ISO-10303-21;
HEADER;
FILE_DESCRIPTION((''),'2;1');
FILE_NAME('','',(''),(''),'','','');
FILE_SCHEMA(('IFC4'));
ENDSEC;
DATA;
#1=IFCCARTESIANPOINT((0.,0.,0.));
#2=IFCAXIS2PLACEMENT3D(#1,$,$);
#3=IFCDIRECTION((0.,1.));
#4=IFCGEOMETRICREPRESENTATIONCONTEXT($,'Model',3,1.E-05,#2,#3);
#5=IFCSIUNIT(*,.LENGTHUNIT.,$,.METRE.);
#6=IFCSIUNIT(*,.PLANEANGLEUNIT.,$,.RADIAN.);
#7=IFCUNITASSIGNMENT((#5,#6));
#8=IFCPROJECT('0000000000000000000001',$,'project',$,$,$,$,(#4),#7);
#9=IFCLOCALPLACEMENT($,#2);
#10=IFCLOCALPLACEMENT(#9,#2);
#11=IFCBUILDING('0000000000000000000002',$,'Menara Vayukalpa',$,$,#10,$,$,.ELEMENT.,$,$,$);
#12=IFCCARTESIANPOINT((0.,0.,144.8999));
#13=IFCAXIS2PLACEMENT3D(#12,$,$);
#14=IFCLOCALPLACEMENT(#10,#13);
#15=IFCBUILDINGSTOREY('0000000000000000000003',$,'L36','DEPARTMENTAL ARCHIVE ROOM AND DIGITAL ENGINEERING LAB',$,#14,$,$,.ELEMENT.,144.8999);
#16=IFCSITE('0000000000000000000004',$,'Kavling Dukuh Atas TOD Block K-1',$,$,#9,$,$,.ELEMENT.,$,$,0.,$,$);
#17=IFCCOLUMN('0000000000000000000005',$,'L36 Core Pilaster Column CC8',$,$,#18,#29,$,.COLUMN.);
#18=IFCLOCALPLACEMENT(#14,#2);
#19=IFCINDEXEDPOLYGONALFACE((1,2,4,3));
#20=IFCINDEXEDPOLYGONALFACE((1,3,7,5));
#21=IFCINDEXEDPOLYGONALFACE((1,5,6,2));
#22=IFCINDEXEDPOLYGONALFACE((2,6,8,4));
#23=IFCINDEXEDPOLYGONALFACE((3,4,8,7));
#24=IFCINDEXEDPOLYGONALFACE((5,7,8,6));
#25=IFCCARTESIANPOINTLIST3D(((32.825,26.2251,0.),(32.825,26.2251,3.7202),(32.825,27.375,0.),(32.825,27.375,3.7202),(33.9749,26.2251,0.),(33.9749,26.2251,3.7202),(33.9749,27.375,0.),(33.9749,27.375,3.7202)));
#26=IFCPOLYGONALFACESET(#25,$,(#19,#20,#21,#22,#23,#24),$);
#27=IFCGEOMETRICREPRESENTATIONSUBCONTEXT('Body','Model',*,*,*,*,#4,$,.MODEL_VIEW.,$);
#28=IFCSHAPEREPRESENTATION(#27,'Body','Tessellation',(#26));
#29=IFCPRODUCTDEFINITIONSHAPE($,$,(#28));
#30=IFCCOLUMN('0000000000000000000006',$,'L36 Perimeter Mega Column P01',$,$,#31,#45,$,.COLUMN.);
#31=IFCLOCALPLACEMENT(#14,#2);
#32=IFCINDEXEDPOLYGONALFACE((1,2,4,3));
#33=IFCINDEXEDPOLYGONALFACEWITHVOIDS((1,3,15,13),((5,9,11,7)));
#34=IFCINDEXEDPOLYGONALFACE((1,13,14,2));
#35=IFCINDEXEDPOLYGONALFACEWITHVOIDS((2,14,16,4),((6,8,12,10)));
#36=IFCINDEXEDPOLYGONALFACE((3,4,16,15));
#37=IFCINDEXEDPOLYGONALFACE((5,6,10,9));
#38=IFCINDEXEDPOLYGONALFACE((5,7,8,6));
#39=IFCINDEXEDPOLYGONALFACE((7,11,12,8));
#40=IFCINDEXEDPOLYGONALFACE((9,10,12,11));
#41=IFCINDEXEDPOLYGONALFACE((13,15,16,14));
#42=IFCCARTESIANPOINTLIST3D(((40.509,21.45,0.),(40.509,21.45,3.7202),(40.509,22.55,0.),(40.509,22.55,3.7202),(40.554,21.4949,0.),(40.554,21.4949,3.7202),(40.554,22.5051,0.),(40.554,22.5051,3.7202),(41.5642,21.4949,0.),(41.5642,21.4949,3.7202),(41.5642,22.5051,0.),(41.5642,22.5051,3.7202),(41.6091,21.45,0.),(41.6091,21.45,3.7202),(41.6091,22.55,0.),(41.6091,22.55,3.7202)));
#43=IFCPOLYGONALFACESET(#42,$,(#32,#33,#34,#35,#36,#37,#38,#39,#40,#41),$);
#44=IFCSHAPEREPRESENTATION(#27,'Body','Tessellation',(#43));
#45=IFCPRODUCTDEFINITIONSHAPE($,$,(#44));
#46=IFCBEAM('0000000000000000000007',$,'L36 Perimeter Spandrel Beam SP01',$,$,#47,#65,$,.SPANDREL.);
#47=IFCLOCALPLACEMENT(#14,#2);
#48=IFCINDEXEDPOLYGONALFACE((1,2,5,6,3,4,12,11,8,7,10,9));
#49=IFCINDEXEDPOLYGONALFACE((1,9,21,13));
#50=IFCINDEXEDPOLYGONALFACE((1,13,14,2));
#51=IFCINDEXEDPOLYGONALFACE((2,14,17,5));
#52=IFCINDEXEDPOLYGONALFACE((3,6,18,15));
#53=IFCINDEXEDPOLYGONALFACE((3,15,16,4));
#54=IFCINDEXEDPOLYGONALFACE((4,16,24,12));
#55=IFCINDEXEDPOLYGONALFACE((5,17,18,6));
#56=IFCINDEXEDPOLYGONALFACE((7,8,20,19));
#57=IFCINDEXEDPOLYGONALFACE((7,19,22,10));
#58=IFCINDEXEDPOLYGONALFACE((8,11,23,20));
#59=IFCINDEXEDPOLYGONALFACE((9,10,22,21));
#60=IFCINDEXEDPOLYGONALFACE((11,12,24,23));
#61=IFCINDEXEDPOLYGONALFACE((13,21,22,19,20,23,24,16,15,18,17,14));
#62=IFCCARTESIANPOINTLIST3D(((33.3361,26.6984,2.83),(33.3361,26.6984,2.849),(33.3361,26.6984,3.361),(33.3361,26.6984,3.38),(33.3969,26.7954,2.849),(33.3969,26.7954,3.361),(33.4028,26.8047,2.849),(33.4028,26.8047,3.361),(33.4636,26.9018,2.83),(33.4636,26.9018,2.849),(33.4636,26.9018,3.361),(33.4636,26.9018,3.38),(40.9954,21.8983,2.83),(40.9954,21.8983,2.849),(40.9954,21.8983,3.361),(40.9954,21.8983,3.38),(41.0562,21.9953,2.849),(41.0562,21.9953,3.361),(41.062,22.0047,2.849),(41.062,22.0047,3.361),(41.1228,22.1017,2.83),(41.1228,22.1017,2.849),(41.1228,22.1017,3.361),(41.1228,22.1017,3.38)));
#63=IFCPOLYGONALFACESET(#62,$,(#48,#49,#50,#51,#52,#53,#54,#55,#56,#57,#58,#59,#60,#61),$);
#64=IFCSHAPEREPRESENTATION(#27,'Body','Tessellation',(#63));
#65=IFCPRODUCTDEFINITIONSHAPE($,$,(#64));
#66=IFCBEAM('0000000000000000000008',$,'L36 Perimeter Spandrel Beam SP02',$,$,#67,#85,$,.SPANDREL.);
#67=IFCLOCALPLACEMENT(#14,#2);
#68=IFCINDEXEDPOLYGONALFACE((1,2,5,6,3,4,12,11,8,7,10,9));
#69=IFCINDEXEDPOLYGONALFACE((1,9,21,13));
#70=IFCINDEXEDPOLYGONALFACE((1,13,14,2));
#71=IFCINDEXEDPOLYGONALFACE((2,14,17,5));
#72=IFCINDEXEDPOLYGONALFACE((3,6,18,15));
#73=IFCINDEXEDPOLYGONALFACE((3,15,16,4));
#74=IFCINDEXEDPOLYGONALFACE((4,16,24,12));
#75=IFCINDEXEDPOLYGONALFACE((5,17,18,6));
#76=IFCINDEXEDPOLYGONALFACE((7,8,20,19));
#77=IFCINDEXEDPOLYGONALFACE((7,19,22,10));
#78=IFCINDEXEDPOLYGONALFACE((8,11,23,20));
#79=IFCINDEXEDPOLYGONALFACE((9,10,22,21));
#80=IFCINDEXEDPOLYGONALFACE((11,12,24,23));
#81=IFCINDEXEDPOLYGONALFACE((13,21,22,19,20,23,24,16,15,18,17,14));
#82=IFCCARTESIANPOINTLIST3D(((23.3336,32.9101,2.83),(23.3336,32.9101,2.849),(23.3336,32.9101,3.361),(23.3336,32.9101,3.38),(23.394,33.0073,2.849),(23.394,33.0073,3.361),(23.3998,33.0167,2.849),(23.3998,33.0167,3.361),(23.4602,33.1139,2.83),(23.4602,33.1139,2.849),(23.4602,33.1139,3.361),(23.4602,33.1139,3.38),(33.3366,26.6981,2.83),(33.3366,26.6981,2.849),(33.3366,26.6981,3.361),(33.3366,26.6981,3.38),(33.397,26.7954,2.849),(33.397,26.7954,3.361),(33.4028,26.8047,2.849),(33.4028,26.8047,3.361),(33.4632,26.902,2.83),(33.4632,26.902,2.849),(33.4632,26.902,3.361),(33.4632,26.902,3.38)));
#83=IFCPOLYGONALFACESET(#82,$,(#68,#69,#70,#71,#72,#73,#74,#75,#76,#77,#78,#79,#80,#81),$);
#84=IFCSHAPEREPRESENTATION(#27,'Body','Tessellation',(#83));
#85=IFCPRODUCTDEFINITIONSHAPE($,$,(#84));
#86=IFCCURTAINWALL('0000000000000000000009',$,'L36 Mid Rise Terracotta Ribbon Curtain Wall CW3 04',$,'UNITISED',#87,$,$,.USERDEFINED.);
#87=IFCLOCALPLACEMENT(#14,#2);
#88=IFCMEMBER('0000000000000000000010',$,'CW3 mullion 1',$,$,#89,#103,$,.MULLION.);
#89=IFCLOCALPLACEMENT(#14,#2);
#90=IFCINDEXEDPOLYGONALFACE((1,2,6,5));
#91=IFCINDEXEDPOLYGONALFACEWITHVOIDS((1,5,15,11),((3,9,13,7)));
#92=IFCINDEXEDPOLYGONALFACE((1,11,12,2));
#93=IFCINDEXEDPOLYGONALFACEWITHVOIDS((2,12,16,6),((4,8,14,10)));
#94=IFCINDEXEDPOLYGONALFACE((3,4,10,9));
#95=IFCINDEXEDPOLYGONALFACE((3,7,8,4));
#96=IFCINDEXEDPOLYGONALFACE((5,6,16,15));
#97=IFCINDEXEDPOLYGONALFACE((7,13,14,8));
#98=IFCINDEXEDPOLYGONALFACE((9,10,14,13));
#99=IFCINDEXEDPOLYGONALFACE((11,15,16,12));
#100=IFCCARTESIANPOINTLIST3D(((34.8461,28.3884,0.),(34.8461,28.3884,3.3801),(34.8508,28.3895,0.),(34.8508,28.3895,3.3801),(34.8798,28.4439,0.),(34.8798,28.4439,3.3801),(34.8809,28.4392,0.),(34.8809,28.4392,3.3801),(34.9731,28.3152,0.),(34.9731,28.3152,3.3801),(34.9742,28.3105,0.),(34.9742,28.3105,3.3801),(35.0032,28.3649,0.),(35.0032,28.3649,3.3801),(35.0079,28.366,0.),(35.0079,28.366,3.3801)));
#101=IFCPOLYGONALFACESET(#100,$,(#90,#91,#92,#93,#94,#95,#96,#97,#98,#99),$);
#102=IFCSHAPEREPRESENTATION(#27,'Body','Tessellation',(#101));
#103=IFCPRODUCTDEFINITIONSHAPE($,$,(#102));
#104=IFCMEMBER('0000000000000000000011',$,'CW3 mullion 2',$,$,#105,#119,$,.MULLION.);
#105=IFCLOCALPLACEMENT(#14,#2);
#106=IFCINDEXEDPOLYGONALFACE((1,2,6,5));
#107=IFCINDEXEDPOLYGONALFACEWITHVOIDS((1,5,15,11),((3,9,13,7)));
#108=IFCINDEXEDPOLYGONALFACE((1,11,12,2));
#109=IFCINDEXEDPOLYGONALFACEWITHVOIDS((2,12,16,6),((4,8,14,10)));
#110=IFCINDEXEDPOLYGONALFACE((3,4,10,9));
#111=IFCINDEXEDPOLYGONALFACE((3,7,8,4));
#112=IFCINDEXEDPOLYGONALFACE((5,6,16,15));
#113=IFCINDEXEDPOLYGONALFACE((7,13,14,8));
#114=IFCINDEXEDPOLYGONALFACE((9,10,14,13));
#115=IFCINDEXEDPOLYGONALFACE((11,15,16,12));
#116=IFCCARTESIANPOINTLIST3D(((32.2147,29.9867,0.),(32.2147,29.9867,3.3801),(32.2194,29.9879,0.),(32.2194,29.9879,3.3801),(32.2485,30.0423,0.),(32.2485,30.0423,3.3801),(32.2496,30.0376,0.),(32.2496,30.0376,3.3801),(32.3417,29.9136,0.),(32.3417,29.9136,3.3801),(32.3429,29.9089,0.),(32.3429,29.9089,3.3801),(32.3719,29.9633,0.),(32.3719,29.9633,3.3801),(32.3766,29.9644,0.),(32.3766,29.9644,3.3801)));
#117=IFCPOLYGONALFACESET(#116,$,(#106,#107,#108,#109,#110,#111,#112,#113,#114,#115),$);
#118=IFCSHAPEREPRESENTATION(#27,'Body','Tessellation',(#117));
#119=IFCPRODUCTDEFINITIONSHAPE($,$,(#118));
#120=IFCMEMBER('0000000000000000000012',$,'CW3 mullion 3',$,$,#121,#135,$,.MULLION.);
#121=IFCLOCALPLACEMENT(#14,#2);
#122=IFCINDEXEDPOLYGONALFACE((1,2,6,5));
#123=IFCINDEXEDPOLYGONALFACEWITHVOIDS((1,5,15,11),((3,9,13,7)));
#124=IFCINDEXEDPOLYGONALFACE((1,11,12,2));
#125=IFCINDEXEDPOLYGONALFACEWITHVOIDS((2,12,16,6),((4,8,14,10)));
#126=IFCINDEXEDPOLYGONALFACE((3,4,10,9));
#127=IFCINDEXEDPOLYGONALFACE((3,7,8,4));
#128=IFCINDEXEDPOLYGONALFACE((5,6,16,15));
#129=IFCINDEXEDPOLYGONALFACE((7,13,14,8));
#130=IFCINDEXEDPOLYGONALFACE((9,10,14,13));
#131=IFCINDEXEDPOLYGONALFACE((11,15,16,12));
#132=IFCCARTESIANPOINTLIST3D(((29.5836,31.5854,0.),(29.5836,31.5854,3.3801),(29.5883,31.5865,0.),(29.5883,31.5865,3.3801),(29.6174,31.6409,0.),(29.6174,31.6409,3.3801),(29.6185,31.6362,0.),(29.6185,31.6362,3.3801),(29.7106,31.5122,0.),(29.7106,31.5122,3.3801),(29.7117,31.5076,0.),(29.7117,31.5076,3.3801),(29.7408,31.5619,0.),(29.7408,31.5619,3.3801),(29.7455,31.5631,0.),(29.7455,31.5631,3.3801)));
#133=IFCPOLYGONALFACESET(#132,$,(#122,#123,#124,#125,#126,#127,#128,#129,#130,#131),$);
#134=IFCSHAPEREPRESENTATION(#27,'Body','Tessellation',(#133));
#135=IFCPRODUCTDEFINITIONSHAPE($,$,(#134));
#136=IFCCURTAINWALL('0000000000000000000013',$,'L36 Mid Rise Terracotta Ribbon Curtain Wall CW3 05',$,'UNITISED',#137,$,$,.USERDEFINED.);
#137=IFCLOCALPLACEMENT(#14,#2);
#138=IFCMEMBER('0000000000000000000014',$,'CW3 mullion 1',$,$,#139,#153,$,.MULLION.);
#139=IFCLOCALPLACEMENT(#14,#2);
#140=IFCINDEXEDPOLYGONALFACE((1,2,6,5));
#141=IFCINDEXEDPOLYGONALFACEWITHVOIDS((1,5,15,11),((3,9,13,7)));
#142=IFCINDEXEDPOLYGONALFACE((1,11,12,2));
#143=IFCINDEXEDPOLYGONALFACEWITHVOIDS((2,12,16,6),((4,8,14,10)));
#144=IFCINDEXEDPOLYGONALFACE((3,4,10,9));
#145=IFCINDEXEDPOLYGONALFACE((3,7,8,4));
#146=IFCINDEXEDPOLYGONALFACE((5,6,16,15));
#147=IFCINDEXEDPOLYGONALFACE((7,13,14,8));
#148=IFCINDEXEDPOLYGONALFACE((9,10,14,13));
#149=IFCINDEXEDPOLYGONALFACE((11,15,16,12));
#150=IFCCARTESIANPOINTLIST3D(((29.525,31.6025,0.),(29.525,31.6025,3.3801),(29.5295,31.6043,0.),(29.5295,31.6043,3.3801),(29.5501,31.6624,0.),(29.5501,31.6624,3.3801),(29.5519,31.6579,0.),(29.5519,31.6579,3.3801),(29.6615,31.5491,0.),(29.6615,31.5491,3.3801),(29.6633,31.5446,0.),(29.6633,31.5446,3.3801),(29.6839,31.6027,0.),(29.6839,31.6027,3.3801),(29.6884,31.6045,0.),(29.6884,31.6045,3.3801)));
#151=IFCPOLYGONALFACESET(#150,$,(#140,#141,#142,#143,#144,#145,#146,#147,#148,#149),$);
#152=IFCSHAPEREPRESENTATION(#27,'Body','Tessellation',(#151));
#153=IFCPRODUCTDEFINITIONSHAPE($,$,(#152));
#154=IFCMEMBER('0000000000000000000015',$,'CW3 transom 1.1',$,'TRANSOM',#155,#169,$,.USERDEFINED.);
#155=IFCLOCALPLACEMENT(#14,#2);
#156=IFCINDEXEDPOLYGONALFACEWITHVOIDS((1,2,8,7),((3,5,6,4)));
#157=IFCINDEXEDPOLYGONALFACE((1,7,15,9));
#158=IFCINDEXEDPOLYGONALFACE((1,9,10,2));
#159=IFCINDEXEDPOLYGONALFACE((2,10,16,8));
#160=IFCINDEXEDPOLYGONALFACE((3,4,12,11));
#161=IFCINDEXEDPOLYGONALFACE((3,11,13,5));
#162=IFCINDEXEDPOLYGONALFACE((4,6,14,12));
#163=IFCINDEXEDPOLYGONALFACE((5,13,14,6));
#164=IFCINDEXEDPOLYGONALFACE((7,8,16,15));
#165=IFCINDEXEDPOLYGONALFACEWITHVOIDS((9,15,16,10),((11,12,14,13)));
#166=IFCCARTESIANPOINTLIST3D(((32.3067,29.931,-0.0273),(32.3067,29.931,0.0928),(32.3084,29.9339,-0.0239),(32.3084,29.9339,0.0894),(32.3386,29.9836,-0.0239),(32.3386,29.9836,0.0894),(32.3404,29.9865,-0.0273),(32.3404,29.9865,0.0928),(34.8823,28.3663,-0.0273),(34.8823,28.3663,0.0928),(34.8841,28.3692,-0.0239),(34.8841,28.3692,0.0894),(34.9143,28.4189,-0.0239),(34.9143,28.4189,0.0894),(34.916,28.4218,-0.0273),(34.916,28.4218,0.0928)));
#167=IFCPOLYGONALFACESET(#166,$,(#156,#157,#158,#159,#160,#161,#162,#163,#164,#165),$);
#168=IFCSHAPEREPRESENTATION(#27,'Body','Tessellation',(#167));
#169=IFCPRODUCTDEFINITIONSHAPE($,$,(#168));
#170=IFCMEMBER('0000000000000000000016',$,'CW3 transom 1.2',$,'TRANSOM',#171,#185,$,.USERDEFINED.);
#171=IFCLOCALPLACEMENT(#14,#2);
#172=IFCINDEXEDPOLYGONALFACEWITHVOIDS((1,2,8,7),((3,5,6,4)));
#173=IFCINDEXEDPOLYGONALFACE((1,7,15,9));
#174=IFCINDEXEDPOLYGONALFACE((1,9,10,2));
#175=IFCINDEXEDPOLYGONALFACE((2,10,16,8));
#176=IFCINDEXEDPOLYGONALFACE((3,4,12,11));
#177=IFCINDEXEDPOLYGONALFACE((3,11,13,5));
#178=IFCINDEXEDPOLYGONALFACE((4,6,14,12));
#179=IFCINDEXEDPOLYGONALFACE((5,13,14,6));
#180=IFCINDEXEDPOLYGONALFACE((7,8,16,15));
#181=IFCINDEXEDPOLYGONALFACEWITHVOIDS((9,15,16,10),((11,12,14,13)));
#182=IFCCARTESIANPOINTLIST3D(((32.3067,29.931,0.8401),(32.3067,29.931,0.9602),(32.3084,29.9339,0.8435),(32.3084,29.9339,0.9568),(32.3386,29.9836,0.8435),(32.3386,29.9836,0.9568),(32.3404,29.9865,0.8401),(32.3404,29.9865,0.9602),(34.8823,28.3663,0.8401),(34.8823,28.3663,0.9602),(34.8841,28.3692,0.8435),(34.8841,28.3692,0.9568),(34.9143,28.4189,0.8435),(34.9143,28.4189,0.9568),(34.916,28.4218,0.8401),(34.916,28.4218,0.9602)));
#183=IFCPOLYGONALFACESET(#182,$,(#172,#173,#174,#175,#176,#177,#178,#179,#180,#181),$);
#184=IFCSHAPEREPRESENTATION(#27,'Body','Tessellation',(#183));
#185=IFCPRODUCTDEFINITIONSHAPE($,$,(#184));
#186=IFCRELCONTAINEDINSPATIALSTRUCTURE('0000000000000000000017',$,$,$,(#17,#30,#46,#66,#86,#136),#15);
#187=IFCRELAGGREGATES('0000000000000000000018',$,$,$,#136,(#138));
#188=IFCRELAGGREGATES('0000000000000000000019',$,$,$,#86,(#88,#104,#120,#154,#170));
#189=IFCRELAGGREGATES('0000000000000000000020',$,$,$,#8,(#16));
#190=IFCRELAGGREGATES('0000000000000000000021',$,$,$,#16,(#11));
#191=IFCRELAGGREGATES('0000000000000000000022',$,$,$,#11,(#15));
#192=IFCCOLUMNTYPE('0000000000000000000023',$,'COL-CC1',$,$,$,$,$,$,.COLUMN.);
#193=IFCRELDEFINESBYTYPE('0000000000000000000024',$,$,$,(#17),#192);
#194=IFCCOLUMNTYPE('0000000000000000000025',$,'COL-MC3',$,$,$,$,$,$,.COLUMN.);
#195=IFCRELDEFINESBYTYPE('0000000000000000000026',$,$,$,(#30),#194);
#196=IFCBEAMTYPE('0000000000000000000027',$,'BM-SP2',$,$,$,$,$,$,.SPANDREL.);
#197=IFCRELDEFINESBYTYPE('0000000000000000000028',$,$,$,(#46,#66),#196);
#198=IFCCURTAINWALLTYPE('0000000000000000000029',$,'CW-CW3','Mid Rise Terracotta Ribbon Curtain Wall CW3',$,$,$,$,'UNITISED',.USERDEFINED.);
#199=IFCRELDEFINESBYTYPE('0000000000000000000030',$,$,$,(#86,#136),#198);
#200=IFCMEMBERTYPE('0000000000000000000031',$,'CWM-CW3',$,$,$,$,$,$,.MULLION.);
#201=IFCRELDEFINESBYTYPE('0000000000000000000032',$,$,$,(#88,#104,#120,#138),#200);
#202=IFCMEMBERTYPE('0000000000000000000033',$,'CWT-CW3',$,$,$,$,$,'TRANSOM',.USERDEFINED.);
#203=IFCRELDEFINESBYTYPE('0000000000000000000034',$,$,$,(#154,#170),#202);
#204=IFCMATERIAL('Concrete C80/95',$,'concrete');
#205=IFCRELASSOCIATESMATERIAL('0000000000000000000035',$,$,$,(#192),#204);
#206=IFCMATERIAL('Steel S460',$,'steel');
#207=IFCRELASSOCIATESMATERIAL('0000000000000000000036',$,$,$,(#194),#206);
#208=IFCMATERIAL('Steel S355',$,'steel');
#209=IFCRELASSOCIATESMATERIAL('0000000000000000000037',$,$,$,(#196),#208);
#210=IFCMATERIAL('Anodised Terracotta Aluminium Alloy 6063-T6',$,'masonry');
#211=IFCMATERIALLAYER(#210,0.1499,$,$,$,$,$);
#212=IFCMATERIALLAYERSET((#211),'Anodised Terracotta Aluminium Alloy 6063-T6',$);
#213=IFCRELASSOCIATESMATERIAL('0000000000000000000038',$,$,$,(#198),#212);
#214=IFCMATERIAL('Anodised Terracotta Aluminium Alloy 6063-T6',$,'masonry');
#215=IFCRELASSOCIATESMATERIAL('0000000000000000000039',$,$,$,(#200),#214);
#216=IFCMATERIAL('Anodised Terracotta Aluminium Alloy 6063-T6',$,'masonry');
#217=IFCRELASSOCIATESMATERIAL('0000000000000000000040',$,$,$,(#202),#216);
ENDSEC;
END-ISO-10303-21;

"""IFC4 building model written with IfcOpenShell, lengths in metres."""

from ifc_helpers import new_model, si_unit, direction, frame, origin, origin_2d, place, context, subcontext, project, spatial, rectangle, hollow_rectangle, i_section, extrude, material, layer, layer_set, material_profile, profile_set, type_object, element, aggregate, save


model = new_model("IFC4")

# Units and contexts
model_context = context("Model", 3, precision=1e-05, world=origin(), true_north=direction((0.0, 1.0)))
body_context = subcontext(model_context, "Body", "Model", "MODEL_VIEW")
ifc_project = project(units=[si_unit("LENGTHUNIT", "METRE"), si_unit("PLANEANGLEUNIT", "RADIAN")], contexts=[model_context])

# Site, building, storey
site_placement = place(None, origin())
site = spatial("IfcSite", under=ifc_project, at=site_placement, Name="Kavling Dukuh Atas TOD Block K-1", CompositionType="ELEMENT", RefElevation=0.0)
building_placement = place(site_placement, origin())
building = spatial("IfcBuilding", under=site, at=building_placement, Name="Menara Vayukalpa", CompositionType="ELEMENT")
storey_placement = place(building_placement, frame((0.0, 0.0, 144.8999)))
storey = spatial("IfcBuildingStorey", under=building, at=storey_placement, Name="L36", Description="DEPARTMENTAL ARCHIVE ROOM AND DIGITAL ENGINEERING LAB", CompositionType="ELEMENT", Elevation=144.8999)

# Columns
ifc_material_1 = material(Name="Concrete C80/95", Category="concrete")
ifc_material_profile_1 = material_profile(ifc_material_1, rectangle(XDim=1.1499, YDim=1.1499, at=origin_2d()), Name="RC 1150x1150")
ifc_profile_set_1 = profile_set([ifc_material_profile_1], Name="Concrete C80/95")
column_type_1 = type_object("IfcColumnType", Name="COL-CC1", PredefinedType="COLUMN", material=ifc_profile_set_1)
column_1_placement = place(storey_placement, frame((33.3999, 26.8, 0.0), z_axis=(0.0, 0.0, 1.0), x_axis=(1.0, 0.0, 0.0)))
element("IfcColumn", 1, at=column_1_placement, inside=storey, type_object=column_type_1, Name="L36 Core Pilaster Column CC8", PredefinedType="COLUMN", context=body_context, shape_type="SweptSolid", body=[
    extrude(rectangle(XDim=1.1499, YDim=1.1499, at=origin_2d()), origin(), (0.0, 0.0, 1.0), 3.7202),
])
ifc_material_2 = material(Name="Steel S460", Category="steel")
ifc_material_profile_2 = material_profile(ifc_material_2, hollow_rectangle(XDim=1.1001, YDim=1.1001, WallThickness=0.0449, at=origin_2d()), Name="BOX 1100x1100x45")
ifc_profile_set_2 = profile_set([ifc_material_profile_2], Name="Steel S460")
column_type_2 = type_object("IfcColumnType", Name="COL-MC3", PredefinedType="COLUMN", material=ifc_profile_set_2)
column_2_placement = place(storey_placement, frame((41.0591, 22.0, 0.0), z_axis=(0.0, 0.0, 1.0), x_axis=(1.0, 0.0, 0.0)))
element("IfcColumn", 2, at=column_2_placement, inside=storey, type_object=column_type_2, Name="L36 Perimeter Mega Column P01", PredefinedType="COLUMN", context=body_context, shape_type="SweptSolid", body=[
    extrude(hollow_rectangle(XDim=1.1001, YDim=1.1001, WallThickness=0.0449, at=origin_2d()), origin(), (0.0, 0.0, 1.0), 3.7202),
])

# Beams
ifc_material_3 = material(Name="Steel S355", Category="steel")
ifc_material_profile_3 = material_profile(ifc_material_3, i_section(OverallWidth=0.24, OverallDepth=0.55, WebThickness=0.011, FlangeThickness=0.019, at=origin_2d()), Name="WF 550x240x11x19")
ifc_profile_set_3 = profile_set([ifc_material_profile_3], Name="Steel S355")
beam_type = type_object("IfcBeamType", Name="BM-SP2", PredefinedType="SPANDREL", material=ifc_profile_set_3)
beam_1_placement = place(storey_placement, frame((41.0591, 22.0, 3.105), z_axis=(-0.847348, 0.531038, 0.0), x_axis=(-0.531038, -0.847348, 0.0)))
element("IfcBeam", 3, at=beam_1_placement, inside=storey, type_object=beam_type, Name="L36 Perimeter Spandrel Beam SP01", PredefinedType="SPANDREL", context=body_context, shape_type="SweptSolid", body=[
    extrude(i_section(OverallWidth=0.24, OverallDepth=0.55, WebThickness=0.011, FlangeThickness=0.019, at=origin_2d()), origin(), (0.0, 0.0, 1.0), 9.0391),
])
beam_2_placement = place(storey_placement, frame((33.3999, 26.8, 3.105), z_axis=(-0.849518, 0.527559, 0.0), x_axis=(-0.527559, -0.849518, 0.0)))
element("IfcBeam", 4, at=beam_2_placement, inside=storey, type_object=beam_type, Name="L36 Perimeter Spandrel Beam SP02", PredefinedType="SPANDREL", context=body_context, shape_type="SweptSolid", body=[
    extrude(i_section(OverallWidth=0.24, OverallDepth=0.55, WebThickness=0.011, FlangeThickness=0.019, at=origin_2d()), origin(), (0.0, 0.0, 1.0), 11.7749),
])

# Curtain wall, members
ifc_material_4 = material(Name="Anodised Terracotta Aluminium Alloy 6063-T6", Category="masonry")
ifc_layer_1 = layer(ifc_material_4, 0.1499)
ifc_layer_set_1 = layer_set([ifc_layer_1], Name="Anodised Terracotta Aluminium Alloy 6063-T6")
curtain_wall_type = type_object("IfcCurtainWallType", Name="CW-CW3", Description="Mid Rise Terracotta Ribbon Curtain Wall CW3", ElementType="UNITISED", PredefinedType="USERDEFINED", material=ifc_layer_set_1)
curtain_wall_1_placement = place(storey_placement, origin())
curtain_wall_1 = element("IfcCurtainWall", 5, at=curtain_wall_1_placement, inside=storey, type_object=curtain_wall_type, Name="L36 Mid Rise Terracotta Ribbon Curtain Wall CW3 04", ObjectType="UNITISED", PredefinedType="USERDEFINED")
ifc_material_5 = material(Name="Anodised Terracotta Aluminium Alloy 6063-T6", Category="masonry")
ifc_material_profile_4 = material_profile(ifc_material_5, hollow_rectangle(XDim=0.0649, YDim=0.1499, WallThickness=0.0034, at=origin_2d()), Name="ALU 65x150x3.5")
ifc_profile_set_4 = profile_set([ifc_material_profile_4], Name="Anodised Terracotta Aluminium Alloy 6063-T6")
member_type_1 = type_object("IfcMemberType", Name="CWM-CW3", PredefinedType="MULLION", material=ifc_profile_set_4)
member_1_placement = place(storey_placement, frame((34.927, 28.3772, 0.0), z_axis=(0.0, 0.0, 1.0), x_axis=(-0.519196, -0.854655, 0.0)))
member_1 = element("IfcMember", 6, at=member_1_placement, type_object=member_type_1, Name="CW3 mullion 1", PredefinedType="MULLION", context=body_context, shape_type="SweptSolid", body=[
    extrude(hollow_rectangle(XDim=0.0649, YDim=0.1499, WallThickness=0.0034, at=origin_2d()), origin(), (0.0, 0.0, 1.0), 3.3801),
])
member_2_placement = place(storey_placement, frame((32.2957, 29.9756, 0.0), z_axis=(0.0, 0.0, 1.0), x_axis=(-0.519196, -0.854655, 0.0)))
member_2 = element("IfcMember", 7, at=member_2_placement, type_object=member_type_1, Name="CW3 mullion 2", PredefinedType="MULLION", context=body_context, shape_type="SweptSolid", body=[
    extrude(hollow_rectangle(XDim=0.0649, YDim=0.1499, WallThickness=0.0034, at=origin_2d()), origin(), (0.0, 0.0, 1.0), 3.3801),
])
member_3_placement = place(storey_placement, frame((29.6646, 31.5742, 0.0), z_axis=(0.0, 0.0, 1.0), x_axis=(-0.519196, -0.854655, 0.0)))
member_3 = element("IfcMember", 8, at=member_3_placement, type_object=member_type_1, Name="CW3 mullion 3", PredefinedType="MULLION", context=body_context, shape_type="SweptSolid", body=[
    extrude(hollow_rectangle(XDim=0.0649, YDim=0.1499, WallThickness=0.0034, at=origin_2d()), origin(), (0.0, 0.0, 1.0), 3.3801),
])

# Curtain wall, member
curtain_wall_2_placement = place(storey_placement, origin())
curtain_wall_2 = element("IfcCurtainWall", 9, at=curtain_wall_2_placement, inside=storey, type_object=curtain_wall_type, Name="L36 Mid Rise Terracotta Ribbon Curtain Wall CW3 05", ObjectType="UNITISED", PredefinedType="USERDEFINED")
member_4_placement = place(storey_placement, frame((29.6067, 31.6035, 0.0), z_axis=(0.0, 0.0, 1.0), x_axis=(-0.385886, -0.922546, 0.0)))
member_4 = element("IfcMember", 10, at=member_4_placement, type_object=member_type_1, Name="CW3 mullion 1", PredefinedType="MULLION", context=body_context, shape_type="SweptSolid", body=[
    extrude(hollow_rectangle(XDim=0.0649, YDim=0.1499, WallThickness=0.0034, at=origin_2d()), origin(), (0.0, 0.0, 1.0), 3.3801),
])
aggregate(curtain_wall_2, [member_4])

# Members
ifc_material_6 = material(Name="Anodised Terracotta Aluminium Alloy 6063-T6", Category="masonry")
ifc_material_profile_5 = material_profile(ifc_material_6, hollow_rectangle(XDim=0.0649, YDim=0.1201, WallThickness=0.0034, at=origin_2d()), Name="ALU 65x120x3.5")
ifc_profile_set_5 = profile_set([ifc_material_profile_5], Name="Anodised Terracotta Aluminium Alloy 6063-T6")
member_type_2 = type_object("IfcMemberType", Name="CWT-CW3", ElementType="TRANSOM", PredefinedType="USERDEFINED", material=ifc_profile_set_5)
member_5_placement = place(storey_placement, frame((34.8992, 28.394, 0.0327), z_axis=(-0.854657, 0.519194, 0.0), x_axis=(-0.519194, -0.854657, 0.0)))
member_5 = element("IfcMember", 11, at=member_5_placement, type_object=member_type_2, Name="CW3 transom 1.1", ObjectType="TRANSOM", PredefinedType="USERDEFINED", context=body_context, shape_type="SweptSolid", body=[
    extrude(hollow_rectangle(XDim=0.0649, YDim=0.1201, WallThickness=0.0034, at=origin_2d()), origin(), (0.0, 0.0, 1.0), 3.0137),
])
member_6_placement = place(storey_placement, frame((34.8992, 28.394, 0.9001), z_axis=(-0.854657, 0.519194, 0.0), x_axis=(-0.519194, -0.854657, 0.0)))
member_6 = element("IfcMember", 12, at=member_6_placement, type_object=member_type_2, Name="CW3 transom 1.2", ObjectType="TRANSOM", PredefinedType="USERDEFINED", context=body_context, shape_type="SweptSolid", body=[
    extrude(hollow_rectangle(XDim=0.0649, YDim=0.1201, WallThickness=0.0034, at=origin_2d()), origin(), (0.0, 0.0, 1.0), 3.0137),
])

aggregate(curtain_wall_1, [member_1, member_2, member_3, member_5, member_6])

save(model, "model.ifc")
